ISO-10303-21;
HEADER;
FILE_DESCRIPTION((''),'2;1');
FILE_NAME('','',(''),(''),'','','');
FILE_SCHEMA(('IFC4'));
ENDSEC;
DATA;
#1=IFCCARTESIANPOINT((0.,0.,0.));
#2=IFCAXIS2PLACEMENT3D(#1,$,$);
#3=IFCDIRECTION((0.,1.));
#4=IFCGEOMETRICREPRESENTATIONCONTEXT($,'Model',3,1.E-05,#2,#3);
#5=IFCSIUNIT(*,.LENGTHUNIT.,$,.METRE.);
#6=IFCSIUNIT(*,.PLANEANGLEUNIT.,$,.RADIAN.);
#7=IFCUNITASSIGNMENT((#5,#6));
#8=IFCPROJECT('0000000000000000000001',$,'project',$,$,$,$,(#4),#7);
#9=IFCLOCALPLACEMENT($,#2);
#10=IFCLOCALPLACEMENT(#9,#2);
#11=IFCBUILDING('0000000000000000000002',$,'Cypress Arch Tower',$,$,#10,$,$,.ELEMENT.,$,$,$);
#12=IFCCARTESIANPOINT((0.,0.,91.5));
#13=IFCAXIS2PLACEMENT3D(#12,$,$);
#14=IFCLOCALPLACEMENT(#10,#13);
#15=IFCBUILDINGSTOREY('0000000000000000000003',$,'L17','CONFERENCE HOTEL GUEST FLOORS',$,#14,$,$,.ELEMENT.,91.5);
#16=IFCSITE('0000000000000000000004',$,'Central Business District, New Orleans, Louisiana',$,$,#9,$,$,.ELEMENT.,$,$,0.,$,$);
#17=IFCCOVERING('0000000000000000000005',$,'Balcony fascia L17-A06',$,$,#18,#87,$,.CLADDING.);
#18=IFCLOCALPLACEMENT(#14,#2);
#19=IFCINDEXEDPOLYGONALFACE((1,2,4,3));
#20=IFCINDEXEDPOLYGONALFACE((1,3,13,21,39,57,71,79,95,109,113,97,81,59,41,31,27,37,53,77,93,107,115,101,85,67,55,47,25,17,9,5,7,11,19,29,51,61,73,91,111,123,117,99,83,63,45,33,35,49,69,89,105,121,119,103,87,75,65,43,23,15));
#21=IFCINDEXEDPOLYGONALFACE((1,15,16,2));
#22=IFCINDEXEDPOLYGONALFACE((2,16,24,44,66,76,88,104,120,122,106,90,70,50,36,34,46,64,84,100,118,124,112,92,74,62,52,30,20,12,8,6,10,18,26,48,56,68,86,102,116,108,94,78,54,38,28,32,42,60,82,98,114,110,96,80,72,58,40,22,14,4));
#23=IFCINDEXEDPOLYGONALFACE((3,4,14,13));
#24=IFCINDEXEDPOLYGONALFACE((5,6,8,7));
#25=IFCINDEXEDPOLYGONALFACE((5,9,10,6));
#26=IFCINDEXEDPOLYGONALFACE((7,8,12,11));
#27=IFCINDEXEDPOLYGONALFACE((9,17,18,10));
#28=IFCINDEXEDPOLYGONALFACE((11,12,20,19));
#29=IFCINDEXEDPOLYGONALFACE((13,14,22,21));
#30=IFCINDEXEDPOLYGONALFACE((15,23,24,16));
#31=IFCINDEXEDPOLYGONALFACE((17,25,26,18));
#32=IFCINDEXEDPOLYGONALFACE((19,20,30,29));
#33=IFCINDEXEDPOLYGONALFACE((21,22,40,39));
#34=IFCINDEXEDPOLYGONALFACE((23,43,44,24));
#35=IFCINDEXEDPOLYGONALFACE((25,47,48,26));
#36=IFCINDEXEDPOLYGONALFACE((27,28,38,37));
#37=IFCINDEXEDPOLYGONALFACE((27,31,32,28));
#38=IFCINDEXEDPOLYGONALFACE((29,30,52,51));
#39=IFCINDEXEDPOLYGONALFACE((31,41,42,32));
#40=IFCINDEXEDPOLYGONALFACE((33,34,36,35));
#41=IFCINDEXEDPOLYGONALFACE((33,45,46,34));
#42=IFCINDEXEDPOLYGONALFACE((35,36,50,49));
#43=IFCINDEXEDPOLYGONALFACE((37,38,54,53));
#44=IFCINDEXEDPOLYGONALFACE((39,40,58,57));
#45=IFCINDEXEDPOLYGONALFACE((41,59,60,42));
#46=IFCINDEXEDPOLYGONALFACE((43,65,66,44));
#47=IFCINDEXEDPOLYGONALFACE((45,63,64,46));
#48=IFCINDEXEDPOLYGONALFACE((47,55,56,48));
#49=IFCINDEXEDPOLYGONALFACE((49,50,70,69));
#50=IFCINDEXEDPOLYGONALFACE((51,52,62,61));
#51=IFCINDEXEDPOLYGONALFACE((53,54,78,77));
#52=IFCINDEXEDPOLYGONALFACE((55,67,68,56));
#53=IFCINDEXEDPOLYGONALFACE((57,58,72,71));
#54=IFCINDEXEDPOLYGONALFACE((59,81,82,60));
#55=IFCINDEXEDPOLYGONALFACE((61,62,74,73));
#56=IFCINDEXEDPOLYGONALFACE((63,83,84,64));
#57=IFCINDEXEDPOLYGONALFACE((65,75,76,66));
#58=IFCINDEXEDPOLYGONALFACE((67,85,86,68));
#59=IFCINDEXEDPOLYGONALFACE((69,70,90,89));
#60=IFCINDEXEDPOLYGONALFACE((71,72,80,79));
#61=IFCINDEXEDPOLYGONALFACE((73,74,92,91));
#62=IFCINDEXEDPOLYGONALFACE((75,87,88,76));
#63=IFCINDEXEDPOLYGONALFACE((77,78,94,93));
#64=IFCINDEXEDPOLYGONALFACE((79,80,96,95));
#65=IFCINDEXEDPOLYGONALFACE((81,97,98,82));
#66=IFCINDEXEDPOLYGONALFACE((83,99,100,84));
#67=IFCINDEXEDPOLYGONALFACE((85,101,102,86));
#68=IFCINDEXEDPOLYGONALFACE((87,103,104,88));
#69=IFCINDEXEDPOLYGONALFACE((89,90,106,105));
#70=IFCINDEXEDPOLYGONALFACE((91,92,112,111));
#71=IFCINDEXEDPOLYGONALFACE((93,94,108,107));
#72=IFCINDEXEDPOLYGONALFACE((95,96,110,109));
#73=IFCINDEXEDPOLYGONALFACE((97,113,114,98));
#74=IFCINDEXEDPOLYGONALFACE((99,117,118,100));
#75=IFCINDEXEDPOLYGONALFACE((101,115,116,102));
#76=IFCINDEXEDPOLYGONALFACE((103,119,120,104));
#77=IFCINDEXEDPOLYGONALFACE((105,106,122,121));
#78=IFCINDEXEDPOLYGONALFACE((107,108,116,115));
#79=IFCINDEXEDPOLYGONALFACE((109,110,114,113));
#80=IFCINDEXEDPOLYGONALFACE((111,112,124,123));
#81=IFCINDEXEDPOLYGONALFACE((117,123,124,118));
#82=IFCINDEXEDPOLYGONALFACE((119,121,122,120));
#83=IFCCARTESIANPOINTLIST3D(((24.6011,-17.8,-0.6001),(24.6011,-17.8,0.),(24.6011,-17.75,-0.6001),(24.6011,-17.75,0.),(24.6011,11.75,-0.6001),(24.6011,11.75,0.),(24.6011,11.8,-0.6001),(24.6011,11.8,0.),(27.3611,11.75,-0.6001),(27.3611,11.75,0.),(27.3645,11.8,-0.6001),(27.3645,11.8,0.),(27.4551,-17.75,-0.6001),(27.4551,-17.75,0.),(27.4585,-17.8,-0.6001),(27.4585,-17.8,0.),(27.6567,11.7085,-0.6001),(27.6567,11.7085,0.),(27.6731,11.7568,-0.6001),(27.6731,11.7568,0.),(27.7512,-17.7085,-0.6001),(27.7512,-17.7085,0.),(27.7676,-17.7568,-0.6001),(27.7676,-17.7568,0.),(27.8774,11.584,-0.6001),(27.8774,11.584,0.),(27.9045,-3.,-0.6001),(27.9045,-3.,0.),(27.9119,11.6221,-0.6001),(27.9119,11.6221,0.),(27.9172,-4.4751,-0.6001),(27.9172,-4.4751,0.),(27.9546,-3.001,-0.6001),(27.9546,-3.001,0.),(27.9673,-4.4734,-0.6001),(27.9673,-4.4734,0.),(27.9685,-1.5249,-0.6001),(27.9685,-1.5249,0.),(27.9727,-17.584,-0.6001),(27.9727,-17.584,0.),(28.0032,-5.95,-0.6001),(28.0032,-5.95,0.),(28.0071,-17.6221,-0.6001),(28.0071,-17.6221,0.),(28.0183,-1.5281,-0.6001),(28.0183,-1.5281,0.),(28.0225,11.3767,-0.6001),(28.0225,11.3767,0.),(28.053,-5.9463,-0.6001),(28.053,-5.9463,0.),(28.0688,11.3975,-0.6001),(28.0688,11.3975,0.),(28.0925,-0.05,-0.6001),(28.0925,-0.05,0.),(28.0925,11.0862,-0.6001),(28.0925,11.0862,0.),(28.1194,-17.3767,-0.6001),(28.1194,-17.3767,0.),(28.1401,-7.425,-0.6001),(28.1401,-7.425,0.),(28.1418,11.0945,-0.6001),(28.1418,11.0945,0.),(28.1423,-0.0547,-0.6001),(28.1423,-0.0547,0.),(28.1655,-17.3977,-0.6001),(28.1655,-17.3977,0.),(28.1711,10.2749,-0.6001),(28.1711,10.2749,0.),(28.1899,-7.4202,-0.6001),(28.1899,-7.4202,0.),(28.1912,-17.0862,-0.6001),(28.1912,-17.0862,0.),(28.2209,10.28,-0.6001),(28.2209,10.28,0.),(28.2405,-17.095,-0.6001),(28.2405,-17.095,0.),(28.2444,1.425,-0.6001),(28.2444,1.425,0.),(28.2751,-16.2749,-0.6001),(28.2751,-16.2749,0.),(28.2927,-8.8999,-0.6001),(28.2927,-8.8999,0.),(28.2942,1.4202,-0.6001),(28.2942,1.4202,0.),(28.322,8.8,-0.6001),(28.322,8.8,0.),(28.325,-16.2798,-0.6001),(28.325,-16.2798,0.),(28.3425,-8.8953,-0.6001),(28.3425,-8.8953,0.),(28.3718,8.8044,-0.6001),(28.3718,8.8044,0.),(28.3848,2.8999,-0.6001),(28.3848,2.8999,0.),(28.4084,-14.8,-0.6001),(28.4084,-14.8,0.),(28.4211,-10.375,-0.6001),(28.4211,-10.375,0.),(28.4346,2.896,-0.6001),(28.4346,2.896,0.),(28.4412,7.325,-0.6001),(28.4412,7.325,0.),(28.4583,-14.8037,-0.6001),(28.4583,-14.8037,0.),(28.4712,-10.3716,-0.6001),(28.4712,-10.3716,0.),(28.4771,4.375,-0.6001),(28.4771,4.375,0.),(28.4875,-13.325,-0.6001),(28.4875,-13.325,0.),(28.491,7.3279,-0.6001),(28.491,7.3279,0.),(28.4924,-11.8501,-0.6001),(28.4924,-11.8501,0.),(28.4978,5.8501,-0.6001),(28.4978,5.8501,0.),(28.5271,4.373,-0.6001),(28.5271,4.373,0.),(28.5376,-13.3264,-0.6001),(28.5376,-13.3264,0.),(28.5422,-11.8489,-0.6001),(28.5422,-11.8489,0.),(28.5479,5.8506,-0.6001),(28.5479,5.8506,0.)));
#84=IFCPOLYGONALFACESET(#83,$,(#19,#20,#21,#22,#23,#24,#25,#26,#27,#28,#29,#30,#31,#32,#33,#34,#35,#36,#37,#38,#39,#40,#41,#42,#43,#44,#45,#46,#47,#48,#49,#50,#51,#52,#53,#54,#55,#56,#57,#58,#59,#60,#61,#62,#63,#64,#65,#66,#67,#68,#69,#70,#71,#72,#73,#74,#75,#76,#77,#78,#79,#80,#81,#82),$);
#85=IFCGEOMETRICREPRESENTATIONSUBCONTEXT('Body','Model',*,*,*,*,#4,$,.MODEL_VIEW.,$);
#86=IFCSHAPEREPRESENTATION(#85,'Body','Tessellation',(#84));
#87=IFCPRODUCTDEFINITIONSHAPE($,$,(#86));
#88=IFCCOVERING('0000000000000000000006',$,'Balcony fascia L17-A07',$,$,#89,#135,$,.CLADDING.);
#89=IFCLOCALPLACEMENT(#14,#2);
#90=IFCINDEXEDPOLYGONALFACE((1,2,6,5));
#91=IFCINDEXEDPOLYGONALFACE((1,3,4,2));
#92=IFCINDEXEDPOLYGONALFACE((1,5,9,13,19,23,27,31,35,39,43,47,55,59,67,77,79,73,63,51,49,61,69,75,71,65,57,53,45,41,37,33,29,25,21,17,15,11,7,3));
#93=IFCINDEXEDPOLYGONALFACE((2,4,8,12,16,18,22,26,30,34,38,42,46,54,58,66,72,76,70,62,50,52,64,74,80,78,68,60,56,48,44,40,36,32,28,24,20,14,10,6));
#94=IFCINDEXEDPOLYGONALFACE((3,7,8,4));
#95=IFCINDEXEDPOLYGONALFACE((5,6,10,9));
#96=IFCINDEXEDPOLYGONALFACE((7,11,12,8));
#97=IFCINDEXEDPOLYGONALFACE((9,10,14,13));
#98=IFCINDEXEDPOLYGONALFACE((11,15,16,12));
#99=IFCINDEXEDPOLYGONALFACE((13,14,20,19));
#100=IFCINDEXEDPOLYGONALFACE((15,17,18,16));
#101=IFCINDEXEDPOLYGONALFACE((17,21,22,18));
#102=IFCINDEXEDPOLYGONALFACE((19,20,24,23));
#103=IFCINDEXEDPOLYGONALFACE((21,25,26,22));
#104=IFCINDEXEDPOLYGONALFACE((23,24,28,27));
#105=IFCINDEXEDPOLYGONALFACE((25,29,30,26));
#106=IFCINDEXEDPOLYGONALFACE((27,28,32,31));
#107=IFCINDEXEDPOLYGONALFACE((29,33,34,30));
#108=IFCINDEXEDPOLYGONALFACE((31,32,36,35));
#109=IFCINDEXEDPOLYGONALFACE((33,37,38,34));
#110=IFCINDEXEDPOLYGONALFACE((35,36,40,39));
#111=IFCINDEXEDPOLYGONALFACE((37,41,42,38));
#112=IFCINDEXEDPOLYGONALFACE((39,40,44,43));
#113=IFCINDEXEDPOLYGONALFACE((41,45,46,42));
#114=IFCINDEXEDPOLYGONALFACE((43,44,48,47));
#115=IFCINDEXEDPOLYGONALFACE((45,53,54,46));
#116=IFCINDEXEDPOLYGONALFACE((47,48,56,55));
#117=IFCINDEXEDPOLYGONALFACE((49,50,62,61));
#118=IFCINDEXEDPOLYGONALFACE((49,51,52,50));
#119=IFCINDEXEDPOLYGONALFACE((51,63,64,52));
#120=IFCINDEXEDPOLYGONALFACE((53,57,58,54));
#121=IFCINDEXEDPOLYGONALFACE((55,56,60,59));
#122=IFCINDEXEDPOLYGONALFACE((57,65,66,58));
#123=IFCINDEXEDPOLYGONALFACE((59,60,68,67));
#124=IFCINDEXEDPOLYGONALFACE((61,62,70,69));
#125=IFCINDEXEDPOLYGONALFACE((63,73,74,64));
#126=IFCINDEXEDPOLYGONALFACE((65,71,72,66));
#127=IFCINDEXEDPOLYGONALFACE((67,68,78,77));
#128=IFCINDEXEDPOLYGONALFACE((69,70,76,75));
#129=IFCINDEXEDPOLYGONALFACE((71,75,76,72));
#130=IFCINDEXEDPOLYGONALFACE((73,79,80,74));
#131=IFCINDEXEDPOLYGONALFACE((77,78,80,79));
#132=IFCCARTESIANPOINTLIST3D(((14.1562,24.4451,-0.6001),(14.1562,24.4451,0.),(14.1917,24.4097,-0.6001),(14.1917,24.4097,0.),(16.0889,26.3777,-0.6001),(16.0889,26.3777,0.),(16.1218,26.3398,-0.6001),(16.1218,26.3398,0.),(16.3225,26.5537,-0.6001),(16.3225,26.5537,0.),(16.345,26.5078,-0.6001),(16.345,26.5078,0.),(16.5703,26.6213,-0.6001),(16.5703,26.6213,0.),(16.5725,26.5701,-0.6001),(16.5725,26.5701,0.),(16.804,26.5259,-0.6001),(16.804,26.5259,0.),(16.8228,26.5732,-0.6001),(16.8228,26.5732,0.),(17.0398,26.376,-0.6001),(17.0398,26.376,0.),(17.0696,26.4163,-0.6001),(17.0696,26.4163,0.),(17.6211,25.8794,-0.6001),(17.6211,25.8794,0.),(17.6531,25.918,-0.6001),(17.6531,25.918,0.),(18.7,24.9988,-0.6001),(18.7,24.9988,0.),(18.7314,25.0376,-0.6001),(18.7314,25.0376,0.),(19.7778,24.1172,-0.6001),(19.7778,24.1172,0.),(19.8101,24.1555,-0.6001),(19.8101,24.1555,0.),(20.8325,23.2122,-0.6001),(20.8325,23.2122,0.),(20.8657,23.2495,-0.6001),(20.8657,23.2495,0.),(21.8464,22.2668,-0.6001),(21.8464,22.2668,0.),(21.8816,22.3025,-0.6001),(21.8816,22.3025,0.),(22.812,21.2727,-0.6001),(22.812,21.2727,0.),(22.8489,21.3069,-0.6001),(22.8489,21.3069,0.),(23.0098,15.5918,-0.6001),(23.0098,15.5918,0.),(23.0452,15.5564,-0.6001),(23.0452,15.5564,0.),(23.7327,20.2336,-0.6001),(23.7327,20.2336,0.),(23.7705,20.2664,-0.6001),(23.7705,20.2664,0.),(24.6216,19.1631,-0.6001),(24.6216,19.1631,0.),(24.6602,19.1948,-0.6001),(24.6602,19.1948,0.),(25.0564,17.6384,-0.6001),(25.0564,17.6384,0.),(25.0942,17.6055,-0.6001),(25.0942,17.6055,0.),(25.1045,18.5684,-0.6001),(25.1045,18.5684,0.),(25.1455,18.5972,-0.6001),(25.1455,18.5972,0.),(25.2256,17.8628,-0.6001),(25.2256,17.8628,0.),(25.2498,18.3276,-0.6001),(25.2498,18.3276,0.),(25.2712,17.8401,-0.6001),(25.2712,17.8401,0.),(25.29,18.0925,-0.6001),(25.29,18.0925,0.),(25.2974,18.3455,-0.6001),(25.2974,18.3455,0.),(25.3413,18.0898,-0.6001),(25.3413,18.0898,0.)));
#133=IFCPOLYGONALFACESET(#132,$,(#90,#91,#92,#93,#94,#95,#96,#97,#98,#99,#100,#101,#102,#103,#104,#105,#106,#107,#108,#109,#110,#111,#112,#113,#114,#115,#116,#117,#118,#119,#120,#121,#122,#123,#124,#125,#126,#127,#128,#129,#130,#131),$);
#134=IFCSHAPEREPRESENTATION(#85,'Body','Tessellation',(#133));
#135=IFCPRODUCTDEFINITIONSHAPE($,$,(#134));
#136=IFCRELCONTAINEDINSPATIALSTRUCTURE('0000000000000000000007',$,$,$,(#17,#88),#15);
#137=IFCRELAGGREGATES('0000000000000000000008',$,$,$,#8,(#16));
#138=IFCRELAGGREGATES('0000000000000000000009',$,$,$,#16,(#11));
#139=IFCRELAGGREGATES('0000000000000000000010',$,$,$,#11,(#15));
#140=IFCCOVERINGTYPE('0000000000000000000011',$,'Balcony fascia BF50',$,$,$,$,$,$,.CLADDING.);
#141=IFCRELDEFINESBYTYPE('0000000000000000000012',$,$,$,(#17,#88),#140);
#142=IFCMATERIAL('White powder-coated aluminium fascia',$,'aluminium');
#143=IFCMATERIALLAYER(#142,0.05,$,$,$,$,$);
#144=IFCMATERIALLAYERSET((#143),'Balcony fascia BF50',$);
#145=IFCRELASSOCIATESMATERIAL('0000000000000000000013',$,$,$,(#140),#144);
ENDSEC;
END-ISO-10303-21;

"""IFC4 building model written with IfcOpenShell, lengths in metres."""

from ifc_helpers import new_model, si_unit, direction, frame, origin, place, context, subcontext, project, spatial, polyline, outline, extrude, material, layer, layer_set, type_object, element, save


model = new_model("IFC4")

# Units and contexts
model_context = context("Model", 3, precision=1e-05, world=origin(), true_north=direction((0.0, 1.0)))
body_context = subcontext(model_context, "Body", "Model", "MODEL_VIEW")
ifc_project = project(units=[si_unit("LENGTHUNIT", "METRE"), si_unit("PLANEANGLEUNIT", "RADIAN")], contexts=[model_context])

# Site, building, storey
site_placement = place(None, origin())
site = spatial("IfcSite", under=ifc_project, at=site_placement, Name="Central Business District, New Orleans, Louisiana", CompositionType="ELEMENT", RefElevation=0.0)
building_placement = place(site_placement, origin())
building = spatial("IfcBuilding", under=site, at=building_placement, Name="Cypress Arch Tower", CompositionType="ELEMENT")
storey_placement = place(building_placement, frame((0.0, 0.0, 91.5)))
storey = spatial("IfcBuildingStorey", under=building, at=storey_placement, Name="L17", Description="CONFERENCE HOTEL GUEST FLOORS", CompositionType="ELEMENT", Elevation=91.5)

# Coverings
ifc_material_1 = material(Name="White powder-coated aluminium fascia", Category="aluminium")
ifc_layer_1 = layer(ifc_material_1, 0.05)
ifc_layer_set_1 = layer_set([ifc_layer_1], Name="Balcony fascia BF50")
covering_type_1 = type_object("IfcCoveringType", Name="Balcony fascia BF50", PredefinedType="CLADDING", material=ifc_layer_set_1)
covering_1_placement = place(storey_placement, frame((0.0, 0.0, -0.6001)))
element("IfcCovering", 1, at=covering_1_placement, inside=storey, type_object=covering_type_1, Name="Balcony fascia L17-A06", PredefinedType="CLADDING", context=body_context, shape_type="SweptSolid", body=[
    extrude(outline(polyline([(27.3645, 11.8), (27.6731, 11.7568), (27.9119, 11.6221), (28.0688, 11.3975), (28.1418, 11.0945), (28.2209, 10.28), (28.3718, 8.8044), (28.491, 7.3279), (28.5479, 5.8506), (28.5271, 4.373), (28.4346, 2.896), (28.2942, 1.4202), (28.1423, -0.0547), (28.0183, -1.5281), (27.9546, -3.001), (27.9673, -4.4734), (28.053, -5.9463), (28.1899, -7.4202), (28.3425, -8.8953), (28.4712, -10.3716), (28.5422, -11.8489), (28.5376, -13.3264), (28.4583, -14.8037), (28.325, -16.2798), (28.2405, -17.095), (28.1655, -17.3977), (28.0071, -17.6221), (27.7676, -17.7568), (27.4585, -17.8), (24.6011, -17.8), (24.6011, -17.75), (27.4551, -17.75), (27.7512, -17.7085), (27.9727, -17.584), (28.1194, -17.3767), (28.1912, -17.0862), (28.2751, -16.2749), (28.4084, -14.8), (28.4875, -13.325), (28.4924, -11.8501), (28.4211, -10.375), (28.2927, -8.8999), (28.1401, -7.425), (28.0032, -5.95), (27.9172, -4.4751), (27.9045, -3.0), (27.9685, -1.5249), (28.0925, -0.05), (28.2444, 1.425), (28.3848, 2.8999), (28.4771, 4.375), (28.4978, 5.8501), (28.4412, 7.325), (28.322, 8.8), (28.1711, 10.2749), (28.0925, 11.0862), (28.0225, 11.3767), (27.8774, 11.584), (27.6567, 11.7085), (27.3611, 11.75), (24.6011, 11.75), (24.6011, 11.8), (27.3645, 11.8)])), origin(), (0.0, 0.0, 1.0), 0.6001),
])
covering_2_placement = place(storey_placement, frame((0.0, 0.0, -0.6001)))
element("IfcCovering", 2, at=covering_2_placement, inside=storey, type_object=covering_type_1, Name="Balcony fascia L17-A07", PredefinedType="CLADDING", context=body_context, shape_type="SweptSolid", body=[
    extrude(outline(polyline([(16.0889, 26.3777), (16.3225, 26.5537), (16.5703, 26.6213), (16.8228, 26.5732), (17.0696, 26.4163), (17.6531, 25.918), (18.7314, 25.0376), (19.8101, 24.1555), (20.8657, 23.2495), (21.8816, 22.3025), (22.8489, 21.3069), (23.7705, 20.2664), (24.6602, 19.1948), (25.1455, 18.5972), (25.2974, 18.3455), (25.3413, 18.0898), (25.2712, 17.8401), (25.0942, 17.6055), (23.0452, 15.5564), (23.0098, 15.5918), (25.0564, 17.6384), (25.2256, 17.8628), (25.29, 18.0925), (25.2498, 18.3276), (25.1045, 18.5684), (24.6216, 19.1631), (23.7327, 20.2336), (22.812, 21.2727), (21.8464, 22.2668), (20.8325, 23.2122), (19.7778, 24.1172), (18.7, 24.9988), (17.6211, 25.8794), (17.0398, 26.376), (16.804, 26.5259), (16.5725, 26.5701), (16.345, 26.5078), (16.1218, 26.3398), (14.1917, 24.4097), (14.1562, 24.4451), (16.0889, 26.3777)])), origin(), (0.0, 0.0, 1.0), 0.6001),
])

save(model, "model.ifc")
